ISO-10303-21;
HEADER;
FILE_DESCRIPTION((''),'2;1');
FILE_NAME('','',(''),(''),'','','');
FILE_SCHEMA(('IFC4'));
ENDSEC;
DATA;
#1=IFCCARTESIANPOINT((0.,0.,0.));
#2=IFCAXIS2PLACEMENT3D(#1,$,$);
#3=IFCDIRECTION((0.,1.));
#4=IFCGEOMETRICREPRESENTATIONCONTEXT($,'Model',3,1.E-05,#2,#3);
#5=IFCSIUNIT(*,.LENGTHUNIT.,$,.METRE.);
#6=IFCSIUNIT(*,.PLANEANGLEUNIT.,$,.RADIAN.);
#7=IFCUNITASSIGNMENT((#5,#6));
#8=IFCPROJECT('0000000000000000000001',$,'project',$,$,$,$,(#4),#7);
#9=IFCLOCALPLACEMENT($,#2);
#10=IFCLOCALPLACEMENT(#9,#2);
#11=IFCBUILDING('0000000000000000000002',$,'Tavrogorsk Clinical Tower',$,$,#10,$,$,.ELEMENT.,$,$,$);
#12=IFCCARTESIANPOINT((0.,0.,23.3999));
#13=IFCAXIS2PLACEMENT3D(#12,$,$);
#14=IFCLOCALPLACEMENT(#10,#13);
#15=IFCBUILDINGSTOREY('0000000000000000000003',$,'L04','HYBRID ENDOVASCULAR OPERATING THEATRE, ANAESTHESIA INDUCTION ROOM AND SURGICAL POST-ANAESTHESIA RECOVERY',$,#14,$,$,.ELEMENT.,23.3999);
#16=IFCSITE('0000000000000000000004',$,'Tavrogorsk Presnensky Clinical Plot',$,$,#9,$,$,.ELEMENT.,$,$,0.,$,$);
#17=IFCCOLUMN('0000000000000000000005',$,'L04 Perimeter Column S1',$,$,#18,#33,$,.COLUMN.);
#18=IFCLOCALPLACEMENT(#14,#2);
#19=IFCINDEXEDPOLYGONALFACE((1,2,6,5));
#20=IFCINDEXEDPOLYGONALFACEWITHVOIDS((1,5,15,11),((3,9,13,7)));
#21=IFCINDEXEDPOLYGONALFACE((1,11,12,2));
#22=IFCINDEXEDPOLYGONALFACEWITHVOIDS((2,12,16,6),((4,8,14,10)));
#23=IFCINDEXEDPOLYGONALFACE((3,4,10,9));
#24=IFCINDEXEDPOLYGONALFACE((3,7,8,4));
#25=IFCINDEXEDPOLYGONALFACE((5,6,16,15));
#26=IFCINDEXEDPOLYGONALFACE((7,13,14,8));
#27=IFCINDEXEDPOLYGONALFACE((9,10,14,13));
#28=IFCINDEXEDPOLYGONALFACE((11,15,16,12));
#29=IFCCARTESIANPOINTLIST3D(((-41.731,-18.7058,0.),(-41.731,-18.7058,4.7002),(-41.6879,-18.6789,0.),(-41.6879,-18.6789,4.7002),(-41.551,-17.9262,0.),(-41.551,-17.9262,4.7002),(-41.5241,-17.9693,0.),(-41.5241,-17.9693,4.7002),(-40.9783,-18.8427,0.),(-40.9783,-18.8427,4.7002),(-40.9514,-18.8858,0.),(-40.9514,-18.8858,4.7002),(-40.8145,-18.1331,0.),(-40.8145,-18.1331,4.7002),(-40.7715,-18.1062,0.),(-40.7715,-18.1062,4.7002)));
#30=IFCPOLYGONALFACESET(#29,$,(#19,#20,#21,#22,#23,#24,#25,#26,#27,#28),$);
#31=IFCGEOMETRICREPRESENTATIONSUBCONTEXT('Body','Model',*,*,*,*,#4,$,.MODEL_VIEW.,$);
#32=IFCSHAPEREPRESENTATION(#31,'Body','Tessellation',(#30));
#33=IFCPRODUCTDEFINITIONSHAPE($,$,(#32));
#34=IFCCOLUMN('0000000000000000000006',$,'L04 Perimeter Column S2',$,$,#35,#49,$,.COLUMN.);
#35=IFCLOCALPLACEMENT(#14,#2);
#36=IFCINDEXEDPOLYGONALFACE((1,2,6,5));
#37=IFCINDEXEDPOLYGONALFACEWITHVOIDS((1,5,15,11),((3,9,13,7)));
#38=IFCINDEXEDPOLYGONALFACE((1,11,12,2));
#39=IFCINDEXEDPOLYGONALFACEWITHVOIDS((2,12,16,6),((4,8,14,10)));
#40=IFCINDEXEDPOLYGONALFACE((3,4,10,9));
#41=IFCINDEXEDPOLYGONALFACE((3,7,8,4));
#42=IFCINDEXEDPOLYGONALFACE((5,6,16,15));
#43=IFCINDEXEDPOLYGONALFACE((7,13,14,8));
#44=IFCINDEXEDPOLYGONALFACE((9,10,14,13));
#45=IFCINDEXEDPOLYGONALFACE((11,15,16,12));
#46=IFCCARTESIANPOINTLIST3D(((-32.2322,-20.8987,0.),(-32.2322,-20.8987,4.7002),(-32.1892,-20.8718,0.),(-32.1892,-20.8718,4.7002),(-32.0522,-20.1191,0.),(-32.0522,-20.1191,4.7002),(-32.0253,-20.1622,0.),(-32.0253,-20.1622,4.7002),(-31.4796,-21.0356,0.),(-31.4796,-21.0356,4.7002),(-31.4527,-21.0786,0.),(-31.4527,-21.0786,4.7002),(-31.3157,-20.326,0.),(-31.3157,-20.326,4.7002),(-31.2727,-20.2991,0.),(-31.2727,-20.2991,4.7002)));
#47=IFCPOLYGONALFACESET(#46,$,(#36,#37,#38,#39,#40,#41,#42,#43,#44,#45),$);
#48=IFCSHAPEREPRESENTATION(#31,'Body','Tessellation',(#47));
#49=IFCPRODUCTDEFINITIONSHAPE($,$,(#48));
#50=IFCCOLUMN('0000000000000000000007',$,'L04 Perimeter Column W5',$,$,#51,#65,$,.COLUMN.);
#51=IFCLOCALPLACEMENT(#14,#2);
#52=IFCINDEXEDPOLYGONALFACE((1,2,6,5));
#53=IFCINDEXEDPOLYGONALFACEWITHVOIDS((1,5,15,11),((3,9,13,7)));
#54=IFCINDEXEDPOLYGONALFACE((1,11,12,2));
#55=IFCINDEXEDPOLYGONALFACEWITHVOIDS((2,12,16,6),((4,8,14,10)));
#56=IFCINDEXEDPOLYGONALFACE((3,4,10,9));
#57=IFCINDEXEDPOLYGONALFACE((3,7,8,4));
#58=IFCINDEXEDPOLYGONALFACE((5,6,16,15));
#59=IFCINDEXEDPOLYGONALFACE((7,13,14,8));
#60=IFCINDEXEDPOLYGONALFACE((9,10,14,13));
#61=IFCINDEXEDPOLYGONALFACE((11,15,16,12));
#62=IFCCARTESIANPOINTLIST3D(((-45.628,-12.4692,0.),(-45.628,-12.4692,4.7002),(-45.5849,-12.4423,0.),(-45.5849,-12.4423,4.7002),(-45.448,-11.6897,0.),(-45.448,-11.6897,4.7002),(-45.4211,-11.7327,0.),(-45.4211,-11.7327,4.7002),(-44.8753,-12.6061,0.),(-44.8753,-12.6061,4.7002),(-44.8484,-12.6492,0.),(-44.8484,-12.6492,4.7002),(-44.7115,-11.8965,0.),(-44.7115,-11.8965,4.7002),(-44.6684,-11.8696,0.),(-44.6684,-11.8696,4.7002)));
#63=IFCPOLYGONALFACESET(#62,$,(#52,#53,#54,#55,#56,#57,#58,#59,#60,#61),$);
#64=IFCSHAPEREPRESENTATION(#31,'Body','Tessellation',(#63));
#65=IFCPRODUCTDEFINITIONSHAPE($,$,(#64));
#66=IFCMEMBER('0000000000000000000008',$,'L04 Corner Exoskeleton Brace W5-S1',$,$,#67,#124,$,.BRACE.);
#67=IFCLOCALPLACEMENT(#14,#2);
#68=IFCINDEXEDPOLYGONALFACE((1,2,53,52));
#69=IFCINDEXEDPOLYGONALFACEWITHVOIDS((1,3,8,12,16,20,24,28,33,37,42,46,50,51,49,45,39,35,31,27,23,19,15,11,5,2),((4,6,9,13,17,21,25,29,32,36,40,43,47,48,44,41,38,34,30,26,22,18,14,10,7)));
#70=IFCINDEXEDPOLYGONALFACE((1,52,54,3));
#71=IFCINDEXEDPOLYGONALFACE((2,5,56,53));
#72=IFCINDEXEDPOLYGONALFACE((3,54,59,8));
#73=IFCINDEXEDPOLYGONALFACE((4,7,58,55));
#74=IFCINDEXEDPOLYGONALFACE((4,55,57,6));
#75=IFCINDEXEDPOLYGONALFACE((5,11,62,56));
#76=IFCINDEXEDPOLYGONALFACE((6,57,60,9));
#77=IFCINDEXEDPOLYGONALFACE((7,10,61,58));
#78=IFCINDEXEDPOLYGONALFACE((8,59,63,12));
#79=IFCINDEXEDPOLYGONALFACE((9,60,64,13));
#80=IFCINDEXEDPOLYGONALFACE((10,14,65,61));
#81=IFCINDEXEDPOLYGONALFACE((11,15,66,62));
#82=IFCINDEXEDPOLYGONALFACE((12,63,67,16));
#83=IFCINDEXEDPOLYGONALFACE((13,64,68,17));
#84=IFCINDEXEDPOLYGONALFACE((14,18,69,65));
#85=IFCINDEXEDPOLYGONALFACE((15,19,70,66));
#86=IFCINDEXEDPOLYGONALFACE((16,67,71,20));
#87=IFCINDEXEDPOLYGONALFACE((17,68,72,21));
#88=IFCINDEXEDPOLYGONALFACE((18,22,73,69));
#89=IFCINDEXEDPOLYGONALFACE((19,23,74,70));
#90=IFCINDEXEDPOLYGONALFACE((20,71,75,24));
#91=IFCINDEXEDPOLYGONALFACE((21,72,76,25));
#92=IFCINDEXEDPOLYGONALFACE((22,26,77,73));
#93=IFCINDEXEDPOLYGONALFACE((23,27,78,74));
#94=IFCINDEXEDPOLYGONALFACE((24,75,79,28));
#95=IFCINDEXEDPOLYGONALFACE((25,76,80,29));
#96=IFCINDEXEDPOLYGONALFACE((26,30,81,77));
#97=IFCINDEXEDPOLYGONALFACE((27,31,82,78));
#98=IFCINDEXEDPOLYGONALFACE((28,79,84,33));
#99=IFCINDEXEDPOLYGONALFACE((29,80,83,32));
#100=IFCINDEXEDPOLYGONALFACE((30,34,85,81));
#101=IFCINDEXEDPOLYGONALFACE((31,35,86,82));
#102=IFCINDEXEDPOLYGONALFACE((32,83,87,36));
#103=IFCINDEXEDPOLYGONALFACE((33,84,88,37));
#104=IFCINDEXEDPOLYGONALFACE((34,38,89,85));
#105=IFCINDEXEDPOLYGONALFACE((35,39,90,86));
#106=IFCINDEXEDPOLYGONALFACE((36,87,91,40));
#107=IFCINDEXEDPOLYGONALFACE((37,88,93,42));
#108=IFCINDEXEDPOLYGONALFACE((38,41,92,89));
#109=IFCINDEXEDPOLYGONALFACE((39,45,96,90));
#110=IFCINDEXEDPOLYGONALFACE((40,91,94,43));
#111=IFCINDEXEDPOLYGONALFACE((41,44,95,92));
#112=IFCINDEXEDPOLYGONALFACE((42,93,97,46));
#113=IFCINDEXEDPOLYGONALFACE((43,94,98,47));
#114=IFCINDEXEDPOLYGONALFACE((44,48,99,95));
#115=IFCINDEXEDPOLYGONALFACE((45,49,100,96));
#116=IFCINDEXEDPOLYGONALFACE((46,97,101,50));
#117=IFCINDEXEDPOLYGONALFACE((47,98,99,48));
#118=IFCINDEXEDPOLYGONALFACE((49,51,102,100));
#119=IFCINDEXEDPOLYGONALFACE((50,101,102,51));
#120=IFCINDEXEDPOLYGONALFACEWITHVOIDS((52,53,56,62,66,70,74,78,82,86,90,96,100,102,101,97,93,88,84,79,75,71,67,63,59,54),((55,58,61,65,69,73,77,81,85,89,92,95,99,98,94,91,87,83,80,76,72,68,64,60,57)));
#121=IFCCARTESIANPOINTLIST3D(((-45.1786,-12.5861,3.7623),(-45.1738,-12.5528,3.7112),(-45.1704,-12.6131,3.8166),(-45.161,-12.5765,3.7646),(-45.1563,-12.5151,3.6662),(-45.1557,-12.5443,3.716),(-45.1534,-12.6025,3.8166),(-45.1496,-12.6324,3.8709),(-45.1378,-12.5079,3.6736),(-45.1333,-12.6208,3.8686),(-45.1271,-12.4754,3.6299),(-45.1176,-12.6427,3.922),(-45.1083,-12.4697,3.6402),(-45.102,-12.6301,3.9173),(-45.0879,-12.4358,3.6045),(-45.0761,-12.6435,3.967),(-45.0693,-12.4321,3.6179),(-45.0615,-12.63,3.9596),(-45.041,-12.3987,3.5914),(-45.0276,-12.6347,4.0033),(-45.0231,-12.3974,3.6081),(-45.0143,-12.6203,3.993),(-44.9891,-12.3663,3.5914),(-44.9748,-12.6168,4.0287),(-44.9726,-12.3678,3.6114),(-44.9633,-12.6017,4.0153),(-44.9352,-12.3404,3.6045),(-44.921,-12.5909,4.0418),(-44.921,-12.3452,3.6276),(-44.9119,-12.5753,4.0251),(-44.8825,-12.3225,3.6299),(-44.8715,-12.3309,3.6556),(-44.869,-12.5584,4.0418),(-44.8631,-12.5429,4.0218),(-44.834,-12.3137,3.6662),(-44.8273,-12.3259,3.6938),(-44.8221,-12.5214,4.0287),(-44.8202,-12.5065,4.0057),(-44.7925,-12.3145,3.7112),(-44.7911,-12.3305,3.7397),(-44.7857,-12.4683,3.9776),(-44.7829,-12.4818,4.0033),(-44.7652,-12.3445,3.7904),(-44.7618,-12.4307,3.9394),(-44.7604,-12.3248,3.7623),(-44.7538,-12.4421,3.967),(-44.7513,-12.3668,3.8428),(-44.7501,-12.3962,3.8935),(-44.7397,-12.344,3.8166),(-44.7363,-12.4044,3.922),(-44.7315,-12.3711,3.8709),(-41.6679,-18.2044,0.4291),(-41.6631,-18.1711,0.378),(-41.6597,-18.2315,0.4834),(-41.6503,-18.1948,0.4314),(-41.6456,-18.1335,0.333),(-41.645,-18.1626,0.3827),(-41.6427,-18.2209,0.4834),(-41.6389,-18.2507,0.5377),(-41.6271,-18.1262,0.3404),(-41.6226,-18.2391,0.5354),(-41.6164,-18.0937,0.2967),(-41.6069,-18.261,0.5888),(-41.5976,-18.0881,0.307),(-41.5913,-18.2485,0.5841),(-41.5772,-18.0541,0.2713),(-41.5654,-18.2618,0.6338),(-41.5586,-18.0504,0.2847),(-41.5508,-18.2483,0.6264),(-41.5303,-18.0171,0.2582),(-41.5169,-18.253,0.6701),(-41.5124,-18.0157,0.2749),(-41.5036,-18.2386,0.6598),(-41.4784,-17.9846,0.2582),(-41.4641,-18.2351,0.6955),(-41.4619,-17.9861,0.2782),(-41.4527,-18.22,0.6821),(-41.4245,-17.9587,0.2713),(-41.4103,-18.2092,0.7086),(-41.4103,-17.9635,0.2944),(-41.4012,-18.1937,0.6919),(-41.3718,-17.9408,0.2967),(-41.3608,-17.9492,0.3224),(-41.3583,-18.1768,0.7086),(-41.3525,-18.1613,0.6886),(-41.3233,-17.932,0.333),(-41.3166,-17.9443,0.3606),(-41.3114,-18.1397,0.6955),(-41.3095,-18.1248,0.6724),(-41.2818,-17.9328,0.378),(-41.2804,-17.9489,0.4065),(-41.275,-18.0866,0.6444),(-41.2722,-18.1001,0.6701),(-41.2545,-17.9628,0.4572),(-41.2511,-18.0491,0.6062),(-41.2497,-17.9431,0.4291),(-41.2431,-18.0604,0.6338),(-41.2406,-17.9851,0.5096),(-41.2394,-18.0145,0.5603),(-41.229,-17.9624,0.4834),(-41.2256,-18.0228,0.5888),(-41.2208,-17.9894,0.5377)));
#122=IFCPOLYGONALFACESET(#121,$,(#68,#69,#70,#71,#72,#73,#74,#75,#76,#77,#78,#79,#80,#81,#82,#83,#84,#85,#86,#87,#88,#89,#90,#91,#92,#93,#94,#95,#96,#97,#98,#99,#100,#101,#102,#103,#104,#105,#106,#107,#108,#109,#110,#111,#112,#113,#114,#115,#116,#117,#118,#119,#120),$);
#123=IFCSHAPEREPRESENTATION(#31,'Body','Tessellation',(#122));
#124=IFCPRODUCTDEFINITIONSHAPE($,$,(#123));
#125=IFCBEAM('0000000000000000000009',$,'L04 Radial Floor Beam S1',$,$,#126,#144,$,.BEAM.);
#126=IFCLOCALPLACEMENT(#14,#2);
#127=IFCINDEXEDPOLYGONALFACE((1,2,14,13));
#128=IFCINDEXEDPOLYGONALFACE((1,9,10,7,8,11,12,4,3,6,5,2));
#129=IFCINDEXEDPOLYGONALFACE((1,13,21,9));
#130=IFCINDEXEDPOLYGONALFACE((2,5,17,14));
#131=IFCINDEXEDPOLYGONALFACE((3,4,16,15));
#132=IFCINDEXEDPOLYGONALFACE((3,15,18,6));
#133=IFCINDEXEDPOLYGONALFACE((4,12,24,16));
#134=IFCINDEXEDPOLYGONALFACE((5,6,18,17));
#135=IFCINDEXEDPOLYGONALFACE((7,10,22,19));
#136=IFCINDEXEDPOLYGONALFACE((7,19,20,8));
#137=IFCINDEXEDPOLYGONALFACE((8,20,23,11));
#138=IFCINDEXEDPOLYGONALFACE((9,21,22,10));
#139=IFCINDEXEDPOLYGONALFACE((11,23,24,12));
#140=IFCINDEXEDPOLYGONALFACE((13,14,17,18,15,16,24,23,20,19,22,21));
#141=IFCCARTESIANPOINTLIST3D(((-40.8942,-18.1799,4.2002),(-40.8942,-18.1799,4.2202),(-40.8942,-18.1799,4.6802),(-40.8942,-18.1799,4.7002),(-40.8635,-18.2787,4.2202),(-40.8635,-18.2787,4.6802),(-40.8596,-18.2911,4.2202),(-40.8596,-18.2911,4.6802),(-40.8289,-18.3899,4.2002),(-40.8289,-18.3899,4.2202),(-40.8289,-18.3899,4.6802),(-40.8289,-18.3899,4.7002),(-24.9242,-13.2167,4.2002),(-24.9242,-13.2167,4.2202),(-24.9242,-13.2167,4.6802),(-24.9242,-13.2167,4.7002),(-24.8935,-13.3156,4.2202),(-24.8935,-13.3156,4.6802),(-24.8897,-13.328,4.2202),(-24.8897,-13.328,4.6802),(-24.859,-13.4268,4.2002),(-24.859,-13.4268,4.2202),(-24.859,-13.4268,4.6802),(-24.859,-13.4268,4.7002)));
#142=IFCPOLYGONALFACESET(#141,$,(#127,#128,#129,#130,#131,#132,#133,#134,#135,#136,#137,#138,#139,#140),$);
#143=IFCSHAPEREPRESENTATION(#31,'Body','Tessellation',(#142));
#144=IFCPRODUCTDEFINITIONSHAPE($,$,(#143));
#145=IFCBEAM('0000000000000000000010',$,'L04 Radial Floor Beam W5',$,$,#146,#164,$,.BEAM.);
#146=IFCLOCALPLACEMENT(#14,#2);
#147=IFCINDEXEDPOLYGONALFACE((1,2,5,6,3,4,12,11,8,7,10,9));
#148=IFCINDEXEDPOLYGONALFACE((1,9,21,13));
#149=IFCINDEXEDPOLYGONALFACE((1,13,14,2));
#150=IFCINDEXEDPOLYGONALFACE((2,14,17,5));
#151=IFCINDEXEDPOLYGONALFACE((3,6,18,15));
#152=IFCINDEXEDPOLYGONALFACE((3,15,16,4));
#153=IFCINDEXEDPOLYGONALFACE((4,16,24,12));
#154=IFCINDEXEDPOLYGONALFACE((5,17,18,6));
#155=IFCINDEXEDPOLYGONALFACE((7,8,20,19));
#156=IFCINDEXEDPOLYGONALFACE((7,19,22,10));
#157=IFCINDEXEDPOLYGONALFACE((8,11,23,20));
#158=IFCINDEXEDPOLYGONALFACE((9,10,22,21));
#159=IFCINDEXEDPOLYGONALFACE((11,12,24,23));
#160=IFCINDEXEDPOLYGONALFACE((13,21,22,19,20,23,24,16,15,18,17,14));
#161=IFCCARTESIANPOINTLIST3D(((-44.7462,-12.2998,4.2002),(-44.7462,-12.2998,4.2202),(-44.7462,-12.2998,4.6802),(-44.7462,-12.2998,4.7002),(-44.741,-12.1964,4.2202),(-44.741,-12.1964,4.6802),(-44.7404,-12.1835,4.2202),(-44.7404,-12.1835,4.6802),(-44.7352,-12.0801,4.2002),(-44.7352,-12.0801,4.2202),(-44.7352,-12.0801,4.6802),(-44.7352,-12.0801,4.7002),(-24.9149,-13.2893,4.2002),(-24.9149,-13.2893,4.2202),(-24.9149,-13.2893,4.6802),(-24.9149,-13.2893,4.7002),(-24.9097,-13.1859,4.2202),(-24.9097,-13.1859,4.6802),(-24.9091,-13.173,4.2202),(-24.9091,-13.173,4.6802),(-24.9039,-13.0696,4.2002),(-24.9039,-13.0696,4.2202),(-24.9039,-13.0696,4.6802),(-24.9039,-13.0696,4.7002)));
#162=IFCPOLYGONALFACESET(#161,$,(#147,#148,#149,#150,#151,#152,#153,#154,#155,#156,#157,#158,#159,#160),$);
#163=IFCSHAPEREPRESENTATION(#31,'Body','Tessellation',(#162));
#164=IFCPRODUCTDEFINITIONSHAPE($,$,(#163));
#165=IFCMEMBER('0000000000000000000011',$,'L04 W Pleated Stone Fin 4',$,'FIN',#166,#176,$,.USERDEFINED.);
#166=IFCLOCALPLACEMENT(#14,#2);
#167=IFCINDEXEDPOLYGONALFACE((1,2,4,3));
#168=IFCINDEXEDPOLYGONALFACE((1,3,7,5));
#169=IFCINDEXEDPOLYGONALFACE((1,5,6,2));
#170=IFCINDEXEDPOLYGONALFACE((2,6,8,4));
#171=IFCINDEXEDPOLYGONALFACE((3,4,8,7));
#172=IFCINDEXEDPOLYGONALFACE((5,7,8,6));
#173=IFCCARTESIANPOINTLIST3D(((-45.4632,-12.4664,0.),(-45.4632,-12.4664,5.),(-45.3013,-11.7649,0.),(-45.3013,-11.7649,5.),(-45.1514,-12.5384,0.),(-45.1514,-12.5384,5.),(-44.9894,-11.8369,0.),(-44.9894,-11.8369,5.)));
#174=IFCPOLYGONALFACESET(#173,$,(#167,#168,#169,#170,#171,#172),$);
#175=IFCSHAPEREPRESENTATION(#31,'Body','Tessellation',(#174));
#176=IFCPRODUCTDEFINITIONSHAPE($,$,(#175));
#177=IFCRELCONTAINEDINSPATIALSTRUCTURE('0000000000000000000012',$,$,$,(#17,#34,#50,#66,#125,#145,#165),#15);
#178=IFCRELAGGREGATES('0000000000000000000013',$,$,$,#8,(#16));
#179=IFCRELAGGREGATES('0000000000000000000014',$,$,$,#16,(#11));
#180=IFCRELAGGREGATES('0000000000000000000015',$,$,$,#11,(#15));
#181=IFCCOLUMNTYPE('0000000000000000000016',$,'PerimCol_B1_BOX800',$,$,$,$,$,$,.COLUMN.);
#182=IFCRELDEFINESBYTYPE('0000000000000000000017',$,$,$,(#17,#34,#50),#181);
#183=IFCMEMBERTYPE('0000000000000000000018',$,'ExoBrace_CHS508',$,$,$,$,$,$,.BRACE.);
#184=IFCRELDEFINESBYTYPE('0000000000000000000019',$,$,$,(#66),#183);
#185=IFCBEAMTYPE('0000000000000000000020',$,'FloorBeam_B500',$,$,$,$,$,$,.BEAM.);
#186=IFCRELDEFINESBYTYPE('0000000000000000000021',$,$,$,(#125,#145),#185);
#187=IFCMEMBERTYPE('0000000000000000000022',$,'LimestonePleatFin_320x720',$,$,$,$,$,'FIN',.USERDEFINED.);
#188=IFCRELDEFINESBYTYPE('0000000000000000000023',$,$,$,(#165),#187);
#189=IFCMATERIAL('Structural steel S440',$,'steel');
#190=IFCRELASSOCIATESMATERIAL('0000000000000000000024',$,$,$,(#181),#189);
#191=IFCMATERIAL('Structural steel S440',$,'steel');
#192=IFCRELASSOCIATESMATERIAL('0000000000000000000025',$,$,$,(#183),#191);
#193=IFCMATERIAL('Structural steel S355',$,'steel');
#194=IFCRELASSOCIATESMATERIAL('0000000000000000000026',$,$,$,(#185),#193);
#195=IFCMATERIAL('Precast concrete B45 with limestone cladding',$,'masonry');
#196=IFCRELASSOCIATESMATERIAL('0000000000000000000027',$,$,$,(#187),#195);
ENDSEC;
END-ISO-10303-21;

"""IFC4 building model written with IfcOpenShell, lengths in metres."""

from ifc_helpers import new_model, si_unit, direction, frame, origin, origin_2d, place, context, subcontext, project, spatial, rectangle, hollow_rectangle, hollow_circle, i_section, extrude, material, material_profile, profile_set, type_object, element, save


model = new_model("IFC4")

# Units and contexts
model_context = context("Model", 3, precision=1e-05, world=origin(), true_north=direction((0.0, 1.0)))
body_context = subcontext(model_context, "Body", "Model", "MODEL_VIEW")
ifc_project = project(units=[si_unit("LENGTHUNIT", "METRE"), si_unit("PLANEANGLEUNIT", "RADIAN")], contexts=[model_context])

# Site, building, storey
site_placement = place(None, origin())
site = spatial("IfcSite", under=ifc_project, at=site_placement, Name="Tavrogorsk Presnensky Clinical Plot", CompositionType="ELEMENT", RefElevation=0.0)
building_placement = place(site_placement, origin())
building = spatial("IfcBuilding", under=site, at=building_placement, Name="Tavrogorsk Clinical Tower", CompositionType="ELEMENT")
storey_placement = place(building_placement, frame((0.0, 0.0, 23.3999)))
storey = spatial("IfcBuildingStorey", under=building, at=storey_placement, Name="L04", Description="HYBRID ENDOVASCULAR OPERATING THEATRE, ANAESTHESIA INDUCTION ROOM AND SURGICAL POST-ANAESTHESIA RECOVERY", CompositionType="ELEMENT", Elevation=23.3999)

# Columns
ifc_material_1 = material(Name="Structural steel S440", Category="steel")
ifc_material_profile_1 = material_profile(ifc_material_1, hollow_rectangle(XDim=0.8, YDim=0.8, WallThickness=0.0359, at=origin_2d()), Name="BOX-800x800x36")
ifc_profile_set_1 = profile_set([ifc_material_profile_1], Name="Structural steel S440")
column_type = type_object("IfcColumnType", Name="PerimCol_B1_BOX800", PredefinedType="COLUMN", material=ifc_profile_set_1)
for number, where, z_axis, x_axis, name in (
    (1, (-41.2512, -18.406, 0.0), (0.0, 0.0, 1.0), (0.97437, -0.224951, 0.0), "L04 Perimeter Column S1"),
    (2, (-31.7524, -20.5989, 0.0), (0.0, 0.0, 1.0), (0.97437, -0.224951, 0.0), "L04 Perimeter Column S2"),
    (3, (-45.1482, -12.1694, 0.0), (0.0, 0.0, 1.0), (0.97437, -0.224951, 0.0), "L04 Perimeter Column W5"),
):
    element("IfcColumn", number, at=place(storey_placement, frame(where, z_axis=z_axis, x_axis=x_axis)), inside=storey, type_object=column_type, Name=name, PredefinedType="COLUMN", context=body_context, shape_type="SweptSolid", body=[
        extrude(hollow_rectangle(XDim=0.8, YDim=0.8, WallThickness=0.0359, at=origin_2d()), origin(), (0.0, 0.0, 1.0), 4.7002),
    ])

# Member
ifc_material_2 = material(Name="Structural steel S440", Category="steel")
ifc_material_profile_2 = material_profile(ifc_material_2, hollow_circle(Radius=0.2539, WallThickness=0.02, at=origin_2d()), Name="CHS-508x20")
ifc_profile_set_2 = profile_set([ifc_material_profile_2], Name="Structural steel S440")
member_type_1 = type_object("IfcMemberType", Name="ExoBrace_CHS508", PredefinedType="BRACE", material=ifc_profile_set_2)
member_1_placement = place(storey_placement, frame((-41.4443, -18.0969, 0.4834), z_axis=(-0.473378, 0.75757, 0.449446), x_axis=(-0.84805, -0.529916, 0.0)))
element("IfcMember", 4, at=member_1_placement, inside=storey, type_object=member_type_1, Name="L04 Corner Exoskeleton Brace W5-S1", PredefinedType="BRACE", context=body_context, shape_type="SweptSolid", body=[
    extrude(hollow_circle(Radius=0.2539, WallThickness=0.02, at=origin_2d()), origin(), (0.0, 0.0, 1.0), 7.4163),
])

# Beams
ifc_material_3 = material(Name="Structural steel S355", Category="steel")
ifc_material_profile_3 = material_profile(ifc_material_3, i_section(OverallWidth=0.22, OverallDepth=0.5, WebThickness=0.0129, FlangeThickness=0.02, at=origin_2d()), Name="B-500x220x13x20")
ifc_profile_set_3 = profile_set([ifc_material_profile_3], Name="Structural steel S355")
beam_type_1 = type_object("IfcBeamType", Name="FloorBeam_B500", PredefinedType="BEAM", material=ifc_profile_set_3)
beam_1_placement = place(storey_placement, frame((-24.8916, -13.3218, 4.4502), z_axis=(-0.954947, -0.296778, 0.0), x_axis=(0.296778, -0.954947, 0.0)))
element("IfcBeam", 5, at=beam_1_placement, inside=storey, type_object=beam_type_1, Name="L04 Radial Floor Beam S1", PredefinedType="BEAM", context=body_context, shape_type="SweptSolid", body=[
    extrude(i_section(OverallWidth=0.22, OverallDepth=0.5, WebThickness=0.0129, FlangeThickness=0.02, at=origin_2d()), origin(), (0.0, 0.0, 1.0), 16.7234),
])
beam_2_placement = place(storey_placement, frame((-24.9094, -13.1794, 4.4502), z_axis=(-0.998758, 0.049834, 0.0), x_axis=(-0.049834, -0.998758, 0.0)))
element("IfcBeam", 6, at=beam_2_placement, inside=storey, type_object=beam_type_1, Name="L04 Radial Floor Beam W5", PredefinedType="BEAM", context=body_context, shape_type="SweptSolid", body=[
    extrude(i_section(OverallWidth=0.22, OverallDepth=0.5, WebThickness=0.0129, FlangeThickness=0.02, at=origin_2d()), origin(), (0.0, 0.0, 1.0), 19.856),
])

# Member
ifc_material_4 = material(Name="Precast concrete B45 with limestone cladding", Category="masonry")
ifc_material_profile_4 = material_profile(ifc_material_4, rectangle(XDim=0.3201, YDim=0.72, at=origin_2d()), Name="LIMESTONE-FIN-320x720")
ifc_profile_set_4 = profile_set([ifc_material_profile_4], Name="Precast concrete B45 with limestone cladding")
member_type_2 = type_object("IfcMemberType", Name="LimestonePleatFin_320x720", ElementType="FIN", PredefinedType="USERDEFINED", material=ifc_profile_set_4)
member_2_placement = place(storey_placement, frame((-45.2263, -12.1516, 0.0), z_axis=(0.0, 0.0, 1.0), x_axis=(0.97437, -0.224951, 0.0)))
element("IfcMember", 7, at=member_2_placement, inside=storey, type_object=member_type_2, Name="L04 W Pleated Stone Fin 4", ObjectType="FIN", PredefinedType="USERDEFINED", context=body_context, shape_type="SweptSolid", body=[
    extrude(rectangle(XDim=0.3201, YDim=0.72, at=origin_2d()), origin(), (0.0, 0.0, 1.0), 5.0),
])

save(model, "model.ifc")
